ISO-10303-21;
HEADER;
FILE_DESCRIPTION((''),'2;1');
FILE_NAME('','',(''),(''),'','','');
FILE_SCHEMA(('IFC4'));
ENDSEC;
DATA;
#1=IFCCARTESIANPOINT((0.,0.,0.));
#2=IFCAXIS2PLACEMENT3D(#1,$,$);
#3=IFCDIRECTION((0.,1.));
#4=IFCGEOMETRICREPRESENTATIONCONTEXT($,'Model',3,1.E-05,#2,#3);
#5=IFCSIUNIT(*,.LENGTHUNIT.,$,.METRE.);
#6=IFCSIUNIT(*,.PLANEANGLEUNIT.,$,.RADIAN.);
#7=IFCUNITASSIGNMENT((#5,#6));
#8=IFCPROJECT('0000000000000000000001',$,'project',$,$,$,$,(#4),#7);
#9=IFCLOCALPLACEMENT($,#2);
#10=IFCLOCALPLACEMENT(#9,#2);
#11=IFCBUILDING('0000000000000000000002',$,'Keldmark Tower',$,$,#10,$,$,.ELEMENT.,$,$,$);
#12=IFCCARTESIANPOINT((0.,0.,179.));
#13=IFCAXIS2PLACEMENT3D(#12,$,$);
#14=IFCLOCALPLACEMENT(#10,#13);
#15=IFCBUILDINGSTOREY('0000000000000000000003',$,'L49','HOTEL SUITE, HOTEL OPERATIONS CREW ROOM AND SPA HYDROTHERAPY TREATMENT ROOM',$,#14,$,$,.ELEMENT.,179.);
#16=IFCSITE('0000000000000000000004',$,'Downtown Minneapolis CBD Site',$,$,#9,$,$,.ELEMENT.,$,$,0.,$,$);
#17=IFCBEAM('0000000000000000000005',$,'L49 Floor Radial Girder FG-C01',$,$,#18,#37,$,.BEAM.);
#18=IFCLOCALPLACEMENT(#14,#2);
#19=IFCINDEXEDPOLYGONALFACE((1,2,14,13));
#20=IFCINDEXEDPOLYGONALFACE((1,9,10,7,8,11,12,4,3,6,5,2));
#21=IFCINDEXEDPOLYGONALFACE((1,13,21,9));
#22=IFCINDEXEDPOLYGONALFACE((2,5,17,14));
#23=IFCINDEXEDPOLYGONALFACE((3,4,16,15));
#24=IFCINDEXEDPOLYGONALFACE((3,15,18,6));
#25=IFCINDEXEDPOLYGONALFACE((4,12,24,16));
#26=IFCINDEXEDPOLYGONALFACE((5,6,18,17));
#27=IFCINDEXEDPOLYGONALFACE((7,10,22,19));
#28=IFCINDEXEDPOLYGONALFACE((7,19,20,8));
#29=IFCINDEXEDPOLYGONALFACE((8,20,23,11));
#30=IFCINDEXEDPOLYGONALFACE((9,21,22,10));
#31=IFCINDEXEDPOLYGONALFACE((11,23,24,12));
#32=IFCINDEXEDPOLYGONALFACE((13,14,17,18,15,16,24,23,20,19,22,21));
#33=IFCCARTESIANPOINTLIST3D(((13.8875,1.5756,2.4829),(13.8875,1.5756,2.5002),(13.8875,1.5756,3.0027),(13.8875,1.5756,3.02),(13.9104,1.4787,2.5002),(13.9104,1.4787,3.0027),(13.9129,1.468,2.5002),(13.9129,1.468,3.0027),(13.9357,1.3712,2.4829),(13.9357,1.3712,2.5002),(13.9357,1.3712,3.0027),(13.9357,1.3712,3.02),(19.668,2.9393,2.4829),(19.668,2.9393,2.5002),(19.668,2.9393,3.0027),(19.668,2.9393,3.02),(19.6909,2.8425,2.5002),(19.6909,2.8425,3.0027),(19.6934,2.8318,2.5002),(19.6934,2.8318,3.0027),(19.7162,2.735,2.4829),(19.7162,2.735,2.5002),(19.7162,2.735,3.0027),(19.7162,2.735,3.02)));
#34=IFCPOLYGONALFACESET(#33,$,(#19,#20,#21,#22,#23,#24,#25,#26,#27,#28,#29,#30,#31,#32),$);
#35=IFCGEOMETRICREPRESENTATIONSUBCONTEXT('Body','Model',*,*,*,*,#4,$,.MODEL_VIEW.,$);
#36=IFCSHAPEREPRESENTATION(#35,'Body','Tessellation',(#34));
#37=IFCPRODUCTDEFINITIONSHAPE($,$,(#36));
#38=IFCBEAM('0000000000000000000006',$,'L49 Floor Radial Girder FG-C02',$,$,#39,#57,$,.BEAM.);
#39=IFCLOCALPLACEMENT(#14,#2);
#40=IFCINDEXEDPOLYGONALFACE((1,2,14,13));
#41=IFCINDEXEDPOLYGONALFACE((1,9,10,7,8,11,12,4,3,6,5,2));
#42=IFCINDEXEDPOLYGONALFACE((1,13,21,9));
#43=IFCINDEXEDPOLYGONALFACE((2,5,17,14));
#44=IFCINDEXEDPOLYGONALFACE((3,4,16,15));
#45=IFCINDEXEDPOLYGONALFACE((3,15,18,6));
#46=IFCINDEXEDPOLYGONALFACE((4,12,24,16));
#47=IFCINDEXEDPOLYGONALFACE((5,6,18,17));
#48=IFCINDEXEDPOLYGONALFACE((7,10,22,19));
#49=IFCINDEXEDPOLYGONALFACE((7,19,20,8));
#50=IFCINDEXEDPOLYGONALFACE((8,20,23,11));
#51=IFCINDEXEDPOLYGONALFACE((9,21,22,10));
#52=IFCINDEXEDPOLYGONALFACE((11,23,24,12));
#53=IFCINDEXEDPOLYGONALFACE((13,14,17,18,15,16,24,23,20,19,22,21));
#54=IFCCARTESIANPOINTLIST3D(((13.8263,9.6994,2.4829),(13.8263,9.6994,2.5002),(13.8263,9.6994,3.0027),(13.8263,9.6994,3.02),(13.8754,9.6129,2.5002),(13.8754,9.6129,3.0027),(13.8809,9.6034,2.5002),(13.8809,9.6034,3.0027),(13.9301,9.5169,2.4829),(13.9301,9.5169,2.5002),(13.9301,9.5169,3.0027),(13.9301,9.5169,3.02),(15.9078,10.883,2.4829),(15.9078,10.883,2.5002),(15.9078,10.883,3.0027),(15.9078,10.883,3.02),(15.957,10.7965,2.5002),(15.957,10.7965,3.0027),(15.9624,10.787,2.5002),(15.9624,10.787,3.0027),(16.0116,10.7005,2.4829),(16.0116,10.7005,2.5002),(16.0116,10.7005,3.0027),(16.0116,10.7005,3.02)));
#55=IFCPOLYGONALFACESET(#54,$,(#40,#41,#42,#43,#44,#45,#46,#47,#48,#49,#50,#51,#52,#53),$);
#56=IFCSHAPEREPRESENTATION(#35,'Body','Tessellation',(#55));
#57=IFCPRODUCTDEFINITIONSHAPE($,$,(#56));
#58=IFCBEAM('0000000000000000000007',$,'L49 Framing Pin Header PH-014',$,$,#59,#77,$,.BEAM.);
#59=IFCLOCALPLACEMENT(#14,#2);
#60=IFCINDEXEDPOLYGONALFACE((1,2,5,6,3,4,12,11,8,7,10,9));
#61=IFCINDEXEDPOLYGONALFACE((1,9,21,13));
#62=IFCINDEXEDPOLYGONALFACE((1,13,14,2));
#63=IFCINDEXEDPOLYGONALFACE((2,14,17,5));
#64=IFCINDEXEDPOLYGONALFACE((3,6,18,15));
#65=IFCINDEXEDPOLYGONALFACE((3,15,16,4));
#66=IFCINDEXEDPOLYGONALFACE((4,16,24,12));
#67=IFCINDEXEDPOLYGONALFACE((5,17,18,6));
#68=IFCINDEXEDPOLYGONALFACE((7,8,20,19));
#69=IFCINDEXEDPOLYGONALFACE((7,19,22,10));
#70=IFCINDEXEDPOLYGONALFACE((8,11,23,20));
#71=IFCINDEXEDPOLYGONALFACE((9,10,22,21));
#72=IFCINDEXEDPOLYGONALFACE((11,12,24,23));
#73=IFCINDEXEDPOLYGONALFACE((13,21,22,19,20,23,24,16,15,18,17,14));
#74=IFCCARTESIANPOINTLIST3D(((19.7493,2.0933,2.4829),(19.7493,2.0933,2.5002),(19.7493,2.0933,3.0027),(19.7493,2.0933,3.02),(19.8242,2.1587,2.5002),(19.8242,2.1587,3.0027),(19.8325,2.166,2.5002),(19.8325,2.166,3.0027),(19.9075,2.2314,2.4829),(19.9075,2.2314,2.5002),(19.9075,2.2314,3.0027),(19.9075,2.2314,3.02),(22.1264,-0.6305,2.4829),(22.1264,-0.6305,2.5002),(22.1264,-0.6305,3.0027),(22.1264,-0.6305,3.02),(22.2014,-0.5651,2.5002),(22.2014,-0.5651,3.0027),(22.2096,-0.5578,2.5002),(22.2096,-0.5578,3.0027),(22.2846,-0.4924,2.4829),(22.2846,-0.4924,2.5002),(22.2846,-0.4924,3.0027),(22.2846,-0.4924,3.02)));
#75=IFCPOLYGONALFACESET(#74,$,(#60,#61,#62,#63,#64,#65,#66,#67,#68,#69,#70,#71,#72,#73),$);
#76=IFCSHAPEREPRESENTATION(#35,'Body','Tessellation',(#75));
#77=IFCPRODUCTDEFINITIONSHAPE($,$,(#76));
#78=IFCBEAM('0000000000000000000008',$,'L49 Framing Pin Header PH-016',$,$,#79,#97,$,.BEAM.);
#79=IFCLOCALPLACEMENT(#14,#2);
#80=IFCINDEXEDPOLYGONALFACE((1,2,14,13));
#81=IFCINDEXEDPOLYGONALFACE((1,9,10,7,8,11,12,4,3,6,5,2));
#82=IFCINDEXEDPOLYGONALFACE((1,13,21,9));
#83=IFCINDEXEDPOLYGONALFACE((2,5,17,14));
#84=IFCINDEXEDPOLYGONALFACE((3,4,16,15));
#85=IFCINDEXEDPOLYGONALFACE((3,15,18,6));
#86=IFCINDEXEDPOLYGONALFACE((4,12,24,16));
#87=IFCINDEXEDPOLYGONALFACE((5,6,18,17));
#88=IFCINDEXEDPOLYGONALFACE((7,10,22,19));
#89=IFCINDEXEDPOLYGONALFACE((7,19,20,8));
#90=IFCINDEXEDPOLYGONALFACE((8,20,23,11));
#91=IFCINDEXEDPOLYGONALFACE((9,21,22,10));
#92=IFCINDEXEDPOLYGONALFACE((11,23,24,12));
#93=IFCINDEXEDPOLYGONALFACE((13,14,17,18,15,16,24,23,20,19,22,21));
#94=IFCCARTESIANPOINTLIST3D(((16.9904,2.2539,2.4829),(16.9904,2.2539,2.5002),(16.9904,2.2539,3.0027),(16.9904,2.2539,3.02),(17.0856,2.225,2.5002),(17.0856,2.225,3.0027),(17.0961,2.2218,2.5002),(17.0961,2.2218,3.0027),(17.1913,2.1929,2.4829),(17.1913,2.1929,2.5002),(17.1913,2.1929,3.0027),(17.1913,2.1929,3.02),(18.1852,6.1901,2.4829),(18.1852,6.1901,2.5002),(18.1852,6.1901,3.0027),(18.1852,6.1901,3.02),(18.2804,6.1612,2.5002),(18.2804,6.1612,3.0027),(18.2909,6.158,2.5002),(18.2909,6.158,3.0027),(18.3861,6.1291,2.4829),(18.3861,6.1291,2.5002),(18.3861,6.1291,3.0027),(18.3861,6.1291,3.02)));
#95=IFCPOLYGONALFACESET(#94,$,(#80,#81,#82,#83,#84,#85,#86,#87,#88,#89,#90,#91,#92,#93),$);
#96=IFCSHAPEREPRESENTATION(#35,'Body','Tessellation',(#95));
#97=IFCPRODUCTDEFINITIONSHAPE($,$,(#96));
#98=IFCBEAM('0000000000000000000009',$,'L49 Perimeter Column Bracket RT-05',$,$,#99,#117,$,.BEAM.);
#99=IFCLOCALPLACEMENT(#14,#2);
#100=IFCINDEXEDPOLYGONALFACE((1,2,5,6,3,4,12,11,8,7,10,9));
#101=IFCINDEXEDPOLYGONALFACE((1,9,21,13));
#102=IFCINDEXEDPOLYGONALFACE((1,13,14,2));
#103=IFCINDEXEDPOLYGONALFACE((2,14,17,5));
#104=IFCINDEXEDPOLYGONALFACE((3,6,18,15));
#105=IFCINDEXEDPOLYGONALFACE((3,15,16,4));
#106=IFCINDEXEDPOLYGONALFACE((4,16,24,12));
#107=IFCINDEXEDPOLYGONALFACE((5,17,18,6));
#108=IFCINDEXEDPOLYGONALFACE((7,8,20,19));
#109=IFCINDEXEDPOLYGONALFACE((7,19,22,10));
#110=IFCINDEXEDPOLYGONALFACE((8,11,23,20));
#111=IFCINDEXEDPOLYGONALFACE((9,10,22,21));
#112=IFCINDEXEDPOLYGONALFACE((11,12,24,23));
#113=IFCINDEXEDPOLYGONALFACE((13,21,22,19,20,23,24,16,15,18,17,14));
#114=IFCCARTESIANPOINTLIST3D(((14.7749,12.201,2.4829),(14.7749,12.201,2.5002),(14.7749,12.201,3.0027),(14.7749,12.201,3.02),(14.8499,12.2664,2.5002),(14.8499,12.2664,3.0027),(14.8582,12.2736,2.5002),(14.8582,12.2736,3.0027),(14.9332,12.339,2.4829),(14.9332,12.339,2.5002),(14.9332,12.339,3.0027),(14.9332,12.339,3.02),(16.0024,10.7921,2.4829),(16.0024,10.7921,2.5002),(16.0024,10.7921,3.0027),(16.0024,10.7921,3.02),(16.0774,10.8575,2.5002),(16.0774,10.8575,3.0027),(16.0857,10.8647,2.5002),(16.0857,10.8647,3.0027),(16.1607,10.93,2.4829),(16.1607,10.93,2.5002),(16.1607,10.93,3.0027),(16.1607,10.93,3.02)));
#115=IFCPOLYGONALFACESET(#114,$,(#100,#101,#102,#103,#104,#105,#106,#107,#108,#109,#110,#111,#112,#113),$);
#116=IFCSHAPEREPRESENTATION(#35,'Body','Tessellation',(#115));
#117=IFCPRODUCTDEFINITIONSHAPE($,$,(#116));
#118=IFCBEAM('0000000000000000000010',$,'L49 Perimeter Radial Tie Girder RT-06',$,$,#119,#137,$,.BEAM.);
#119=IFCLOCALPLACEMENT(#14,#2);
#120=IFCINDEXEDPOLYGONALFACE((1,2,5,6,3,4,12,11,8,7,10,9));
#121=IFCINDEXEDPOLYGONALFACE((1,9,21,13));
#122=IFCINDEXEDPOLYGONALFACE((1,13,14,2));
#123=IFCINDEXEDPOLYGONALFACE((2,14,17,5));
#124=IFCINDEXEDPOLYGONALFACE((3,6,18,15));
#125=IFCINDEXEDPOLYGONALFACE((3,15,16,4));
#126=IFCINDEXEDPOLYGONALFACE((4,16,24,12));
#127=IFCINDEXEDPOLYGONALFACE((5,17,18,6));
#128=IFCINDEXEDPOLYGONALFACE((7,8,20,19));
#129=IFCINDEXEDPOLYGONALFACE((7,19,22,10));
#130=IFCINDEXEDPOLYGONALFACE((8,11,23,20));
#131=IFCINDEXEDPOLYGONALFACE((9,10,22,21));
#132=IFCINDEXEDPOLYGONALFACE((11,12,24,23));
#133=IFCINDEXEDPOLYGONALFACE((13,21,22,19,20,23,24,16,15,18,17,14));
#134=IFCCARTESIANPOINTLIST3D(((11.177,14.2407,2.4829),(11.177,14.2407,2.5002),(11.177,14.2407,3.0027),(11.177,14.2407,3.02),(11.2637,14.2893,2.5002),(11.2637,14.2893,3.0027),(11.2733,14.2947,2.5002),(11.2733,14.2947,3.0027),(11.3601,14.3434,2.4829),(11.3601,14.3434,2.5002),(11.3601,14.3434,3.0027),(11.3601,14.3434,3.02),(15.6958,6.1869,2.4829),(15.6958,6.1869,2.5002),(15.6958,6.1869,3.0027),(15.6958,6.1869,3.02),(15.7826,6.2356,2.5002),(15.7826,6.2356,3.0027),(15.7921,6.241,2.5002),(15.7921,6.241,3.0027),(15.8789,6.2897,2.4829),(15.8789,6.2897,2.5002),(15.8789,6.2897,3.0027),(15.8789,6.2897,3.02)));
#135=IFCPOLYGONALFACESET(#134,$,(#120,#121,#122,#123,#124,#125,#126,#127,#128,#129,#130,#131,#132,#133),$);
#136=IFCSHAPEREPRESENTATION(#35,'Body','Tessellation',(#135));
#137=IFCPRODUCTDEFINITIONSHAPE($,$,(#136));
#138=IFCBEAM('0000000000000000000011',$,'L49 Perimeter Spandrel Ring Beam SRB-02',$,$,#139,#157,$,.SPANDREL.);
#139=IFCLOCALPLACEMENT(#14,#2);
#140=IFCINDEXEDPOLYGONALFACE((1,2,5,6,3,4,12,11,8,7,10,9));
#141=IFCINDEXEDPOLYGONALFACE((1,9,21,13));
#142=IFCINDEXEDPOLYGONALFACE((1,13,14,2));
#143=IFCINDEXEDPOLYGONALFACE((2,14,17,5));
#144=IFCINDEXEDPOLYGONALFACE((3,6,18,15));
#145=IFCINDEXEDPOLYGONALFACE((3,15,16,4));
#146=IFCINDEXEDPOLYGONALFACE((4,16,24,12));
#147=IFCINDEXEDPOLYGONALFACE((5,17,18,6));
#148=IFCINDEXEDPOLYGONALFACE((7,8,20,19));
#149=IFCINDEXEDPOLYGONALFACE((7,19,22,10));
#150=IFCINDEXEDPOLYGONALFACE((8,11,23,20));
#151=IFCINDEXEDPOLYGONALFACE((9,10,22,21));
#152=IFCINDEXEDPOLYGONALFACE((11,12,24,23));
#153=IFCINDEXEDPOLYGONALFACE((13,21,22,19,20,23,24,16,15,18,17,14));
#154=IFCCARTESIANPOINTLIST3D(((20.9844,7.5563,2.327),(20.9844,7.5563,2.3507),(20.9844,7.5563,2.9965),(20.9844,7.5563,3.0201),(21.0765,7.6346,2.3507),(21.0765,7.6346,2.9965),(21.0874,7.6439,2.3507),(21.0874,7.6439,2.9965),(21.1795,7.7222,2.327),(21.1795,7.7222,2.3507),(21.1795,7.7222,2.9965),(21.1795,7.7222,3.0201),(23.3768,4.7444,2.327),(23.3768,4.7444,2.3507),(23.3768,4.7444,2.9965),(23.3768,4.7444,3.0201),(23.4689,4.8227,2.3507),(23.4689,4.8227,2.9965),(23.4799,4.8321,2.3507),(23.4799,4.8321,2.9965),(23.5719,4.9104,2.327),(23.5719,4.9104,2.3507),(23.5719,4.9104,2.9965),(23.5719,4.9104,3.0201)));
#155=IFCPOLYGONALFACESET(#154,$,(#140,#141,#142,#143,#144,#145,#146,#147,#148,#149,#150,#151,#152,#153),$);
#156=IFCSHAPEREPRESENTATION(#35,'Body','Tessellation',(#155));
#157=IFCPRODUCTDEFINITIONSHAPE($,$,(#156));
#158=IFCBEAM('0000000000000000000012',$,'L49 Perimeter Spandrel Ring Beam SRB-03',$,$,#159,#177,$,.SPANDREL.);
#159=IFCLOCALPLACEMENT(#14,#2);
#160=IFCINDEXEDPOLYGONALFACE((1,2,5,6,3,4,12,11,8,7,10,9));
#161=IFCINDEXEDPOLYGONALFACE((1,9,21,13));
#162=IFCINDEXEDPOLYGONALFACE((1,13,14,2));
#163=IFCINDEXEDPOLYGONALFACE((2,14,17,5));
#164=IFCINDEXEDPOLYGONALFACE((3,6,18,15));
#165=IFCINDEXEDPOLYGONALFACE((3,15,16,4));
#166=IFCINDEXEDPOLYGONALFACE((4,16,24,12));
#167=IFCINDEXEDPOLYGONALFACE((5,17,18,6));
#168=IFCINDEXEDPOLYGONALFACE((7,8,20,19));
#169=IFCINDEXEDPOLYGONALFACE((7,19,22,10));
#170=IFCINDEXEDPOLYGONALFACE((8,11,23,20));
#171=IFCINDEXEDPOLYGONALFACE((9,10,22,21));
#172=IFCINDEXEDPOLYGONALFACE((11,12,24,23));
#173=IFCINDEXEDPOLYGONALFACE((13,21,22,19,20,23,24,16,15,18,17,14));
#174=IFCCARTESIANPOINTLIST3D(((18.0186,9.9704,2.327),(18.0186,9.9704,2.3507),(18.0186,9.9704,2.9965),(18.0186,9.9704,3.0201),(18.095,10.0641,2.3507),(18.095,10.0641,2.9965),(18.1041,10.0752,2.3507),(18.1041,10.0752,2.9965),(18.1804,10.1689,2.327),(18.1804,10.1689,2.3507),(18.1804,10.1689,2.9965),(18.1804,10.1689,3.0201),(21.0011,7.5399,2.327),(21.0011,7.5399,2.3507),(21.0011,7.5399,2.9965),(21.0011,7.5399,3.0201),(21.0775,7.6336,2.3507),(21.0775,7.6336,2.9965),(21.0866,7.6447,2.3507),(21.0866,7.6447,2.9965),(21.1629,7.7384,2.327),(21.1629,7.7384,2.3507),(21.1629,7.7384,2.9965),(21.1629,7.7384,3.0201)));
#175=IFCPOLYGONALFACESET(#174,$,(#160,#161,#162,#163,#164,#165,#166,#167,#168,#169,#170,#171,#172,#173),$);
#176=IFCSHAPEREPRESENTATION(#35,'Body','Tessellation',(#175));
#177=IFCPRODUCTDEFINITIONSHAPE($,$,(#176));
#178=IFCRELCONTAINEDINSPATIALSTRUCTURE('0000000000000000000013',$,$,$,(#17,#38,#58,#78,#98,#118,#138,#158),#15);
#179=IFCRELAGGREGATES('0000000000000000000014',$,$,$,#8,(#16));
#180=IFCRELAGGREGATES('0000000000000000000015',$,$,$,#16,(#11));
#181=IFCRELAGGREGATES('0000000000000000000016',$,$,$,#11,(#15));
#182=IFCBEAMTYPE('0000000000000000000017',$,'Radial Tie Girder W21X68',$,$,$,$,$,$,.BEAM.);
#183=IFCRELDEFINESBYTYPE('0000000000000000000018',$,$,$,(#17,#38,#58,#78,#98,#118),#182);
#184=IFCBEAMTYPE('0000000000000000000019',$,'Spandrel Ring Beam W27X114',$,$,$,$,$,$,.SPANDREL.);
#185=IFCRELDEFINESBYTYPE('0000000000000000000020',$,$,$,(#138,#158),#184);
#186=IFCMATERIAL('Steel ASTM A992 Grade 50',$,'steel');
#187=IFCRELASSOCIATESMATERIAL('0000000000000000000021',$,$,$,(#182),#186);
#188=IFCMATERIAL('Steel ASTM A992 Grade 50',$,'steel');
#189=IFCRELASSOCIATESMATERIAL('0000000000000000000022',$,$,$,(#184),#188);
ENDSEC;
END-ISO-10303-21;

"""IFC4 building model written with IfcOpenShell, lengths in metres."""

from ifc_helpers import new_model, si_unit, direction, frame, origin, origin_2d, place, context, subcontext, project, spatial, i_section, extrude, material, material_profile, profile_set, type_object, element, save


model = new_model("IFC4")

# Units and contexts
model_context = context("Model", 3, precision=1e-05, world=origin(), true_north=direction((0.0, 1.0)))
body_context = subcontext(model_context, "Body", "Model", "MODEL_VIEW")
ifc_project = project(units=[si_unit("LENGTHUNIT", "METRE"), si_unit("PLANEANGLEUNIT", "RADIAN")], contexts=[model_context])

# Site, building, storey
site_placement = place(None, origin())
site = spatial("IfcSite", under=ifc_project, at=site_placement, Name="Downtown Minneapolis CBD Site", CompositionType="ELEMENT", RefElevation=0.0)
building_placement = place(site_placement, origin())
building = spatial("IfcBuilding", under=site, at=building_placement, Name="Keldmark Tower", CompositionType="ELEMENT")
storey_placement = place(building_placement, frame((0.0, 0.0, 179.0)))
storey = spatial("IfcBuildingStorey", under=building, at=storey_placement, Name="L49", Description="HOTEL SUITE, HOTEL OPERATIONS CREW ROOM AND SPA HYDROTHERAPY TREATMENT ROOM", CompositionType="ELEMENT", Elevation=179.0)

# Beams
ifc_material_1 = material(Name="Steel ASTM A992 Grade 50", Category="steel")
ifc_material_profile_1 = material_profile(ifc_material_1, i_section(OverallWidth=0.21, OverallDepth=0.5371, WebThickness=0.011, FlangeThickness=0.0173, at=origin_2d()), Name="W21X68")
ifc_profile_set_1 = profile_set([ifc_material_profile_1], Name="Steel ASTM A992 Grade 50")
beam_type_1 = type_object("IfcBeamType", Name="Radial Tie Girder W21X68", PredefinedType="BEAM", material=ifc_profile_set_1)
beam_1_placement = place(storey_placement, frame((19.6921, 2.8372, 2.7515), z_axis=(-0.97328, -0.229621, 0.0), x_axis=(0.229621, -0.97328, 0.0)))
element("IfcBeam", 1, at=beam_1_placement, inside=storey, type_object=beam_type_1, Name="L49 Floor Radial Girder FG-C01", PredefinedType="BEAM", context=body_context, shape_type="SweptSolid", body=[
    extrude(i_section(OverallWidth=0.21, OverallDepth=0.5371, WebThickness=0.011, FlangeThickness=0.0173, at=origin_2d()), origin(), (0.0, 0.0, 1.0), 5.9392),
])
beam_2_placement = place(storey_placement, frame((15.9597, 10.7917, 2.7515), z_axis=(-0.869295, -0.494293, 0.0), x_axis=(0.494293, -0.869295, 0.0)))
element("IfcBeam", 2, at=beam_2_placement, inside=storey, type_object=beam_type_1, Name="L49 Floor Radial Girder FG-C02", PredefinedType="BEAM", context=body_context, shape_type="SweptSolid", body=[
    extrude(i_section(OverallWidth=0.21, OverallDepth=0.5371, WebThickness=0.011, FlangeThickness=0.0173, at=origin_2d()), origin(), (0.0, 0.0, 1.0), 2.3945),
])
beam_3_placement = place(storey_placement, frame((19.8284, 2.1624, 2.7515), z_axis=(0.657534, -0.753425, 0.0), x_axis=(0.753425, 0.657534, 0.0)))
element("IfcBeam", 3, at=beam_3_placement, inside=storey, type_object=beam_type_1, Name="L49 Framing Pin Header PH-014", PredefinedType="BEAM", context=body_context, shape_type="SweptSolid", body=[
    extrude(i_section(OverallWidth=0.21, OverallDepth=0.5371, WebThickness=0.011, FlangeThickness=0.0173, at=origin_2d()), origin(), (0.0, 0.0, 1.0), 3.6152),
])
beam_4_placement = place(storey_placement, frame((17.0908, 2.2234, 2.7515), z_axis=(0.290455, 0.956889, 0.0), x_axis=(-0.956889, 0.290455, 0.0)))
element("IfcBeam", 4, at=beam_4_placement, inside=storey, type_object=beam_type_1, Name="L49 Framing Pin Header PH-016", PredefinedType="BEAM", context=body_context, shape_type="SweptSolid", body=[
    extrude(i_section(OverallWidth=0.21, OverallDepth=0.5371, WebThickness=0.011, FlangeThickness=0.0173, at=origin_2d()), origin(), (0.0, 0.0, 1.0), 4.1135),
])
beam_5_placement = place(storey_placement, frame((16.0815, 10.8611, 2.7515), z_axis=(-0.656903, 0.753975, 0.0), x_axis=(-0.753975, -0.656903, 0.0)))
element("IfcBeam", 5, at=beam_5_placement, inside=storey, type_object=beam_type_1, Name="L49 Perimeter Column Bracket RT-05", PredefinedType="BEAM", context=body_context, shape_type="SweptSolid", body=[
    extrude(i_section(OverallWidth=0.21, OverallDepth=0.5371, WebThickness=0.011, FlangeThickness=0.0173, at=origin_2d()), origin(), (0.0, 0.0, 1.0), 1.8687),
])
beam_6_placement = place(storey_placement, frame((15.7874, 6.2383, 2.7515), z_axis=(-0.489322, 0.872103, 0.0), x_axis=(-0.872103, -0.489322, 0.0)))
element("IfcBeam", 6, at=beam_6_placement, inside=storey, type_object=beam_type_1, Name="L49 Perimeter Radial Tie Girder RT-06", PredefinedType="BEAM", context=body_context, shape_type="SweptSolid", body=[
    extrude(i_section(OverallWidth=0.21, OverallDepth=0.5371, WebThickness=0.011, FlangeThickness=0.0173, at=origin_2d()), origin(), (0.0, 0.0, 1.0), 9.2349),
])
ifc_material_2 = material(Name="Steel ASTM A992 Grade 50", Category="steel")
ifc_material_profile_2 = material_profile(ifc_material_2, i_section(OverallWidth=0.2561, OverallDepth=0.6931, WebThickness=0.0144, FlangeThickness=0.0237, at=origin_2d()), Name="W27X114")
ifc_profile_set_2 = profile_set([ifc_material_profile_2], Name="Steel ASTM A992 Grade 50")
beam_type_2 = type_object("IfcBeamType", Name="Spandrel Ring Beam W27X114", PredefinedType="SPANDREL", material=ifc_profile_set_2)
beam_7_placement = place(storey_placement, frame((23.4744, 4.8274, 2.6736), z_axis=(-0.648015, 0.761628, 0.0), x_axis=(-0.761628, -0.648015, 0.0)))
element("IfcBeam", 7, at=beam_7_placement, inside=storey, type_object=beam_type_2, Name="L49 Perimeter Spandrel Ring Beam SRB-02", PredefinedType="SPANDREL", context=body_context, shape_type="SweptSolid", body=[
    extrude(i_section(OverallWidth=0.2561, OverallDepth=0.6931, WebThickness=0.0144, FlangeThickness=0.0237, at=origin_2d()), origin(), (0.0, 0.0, 1.0), 3.6919),
])
beam_8_placement = place(storey_placement, frame((21.082, 7.6392, 2.6736), z_axis=(-0.775197, 0.63172, 0.0), x_axis=(-0.63172, -0.775197, 0.0)))
element("IfcBeam", 8, at=beam_8_placement, inside=storey, type_object=beam_type_2, Name="L49 Perimeter Spandrel Ring Beam SRB-03", PredefinedType="SPANDREL", context=body_context, shape_type="SweptSolid", body=[
    extrude(i_section(OverallWidth=0.2561, OverallDepth=0.6931, WebThickness=0.0144, FlangeThickness=0.0237, at=origin_2d()), origin(), (0.0, 0.0, 1.0), 3.8474),
])

save(model, "model.ifc")
